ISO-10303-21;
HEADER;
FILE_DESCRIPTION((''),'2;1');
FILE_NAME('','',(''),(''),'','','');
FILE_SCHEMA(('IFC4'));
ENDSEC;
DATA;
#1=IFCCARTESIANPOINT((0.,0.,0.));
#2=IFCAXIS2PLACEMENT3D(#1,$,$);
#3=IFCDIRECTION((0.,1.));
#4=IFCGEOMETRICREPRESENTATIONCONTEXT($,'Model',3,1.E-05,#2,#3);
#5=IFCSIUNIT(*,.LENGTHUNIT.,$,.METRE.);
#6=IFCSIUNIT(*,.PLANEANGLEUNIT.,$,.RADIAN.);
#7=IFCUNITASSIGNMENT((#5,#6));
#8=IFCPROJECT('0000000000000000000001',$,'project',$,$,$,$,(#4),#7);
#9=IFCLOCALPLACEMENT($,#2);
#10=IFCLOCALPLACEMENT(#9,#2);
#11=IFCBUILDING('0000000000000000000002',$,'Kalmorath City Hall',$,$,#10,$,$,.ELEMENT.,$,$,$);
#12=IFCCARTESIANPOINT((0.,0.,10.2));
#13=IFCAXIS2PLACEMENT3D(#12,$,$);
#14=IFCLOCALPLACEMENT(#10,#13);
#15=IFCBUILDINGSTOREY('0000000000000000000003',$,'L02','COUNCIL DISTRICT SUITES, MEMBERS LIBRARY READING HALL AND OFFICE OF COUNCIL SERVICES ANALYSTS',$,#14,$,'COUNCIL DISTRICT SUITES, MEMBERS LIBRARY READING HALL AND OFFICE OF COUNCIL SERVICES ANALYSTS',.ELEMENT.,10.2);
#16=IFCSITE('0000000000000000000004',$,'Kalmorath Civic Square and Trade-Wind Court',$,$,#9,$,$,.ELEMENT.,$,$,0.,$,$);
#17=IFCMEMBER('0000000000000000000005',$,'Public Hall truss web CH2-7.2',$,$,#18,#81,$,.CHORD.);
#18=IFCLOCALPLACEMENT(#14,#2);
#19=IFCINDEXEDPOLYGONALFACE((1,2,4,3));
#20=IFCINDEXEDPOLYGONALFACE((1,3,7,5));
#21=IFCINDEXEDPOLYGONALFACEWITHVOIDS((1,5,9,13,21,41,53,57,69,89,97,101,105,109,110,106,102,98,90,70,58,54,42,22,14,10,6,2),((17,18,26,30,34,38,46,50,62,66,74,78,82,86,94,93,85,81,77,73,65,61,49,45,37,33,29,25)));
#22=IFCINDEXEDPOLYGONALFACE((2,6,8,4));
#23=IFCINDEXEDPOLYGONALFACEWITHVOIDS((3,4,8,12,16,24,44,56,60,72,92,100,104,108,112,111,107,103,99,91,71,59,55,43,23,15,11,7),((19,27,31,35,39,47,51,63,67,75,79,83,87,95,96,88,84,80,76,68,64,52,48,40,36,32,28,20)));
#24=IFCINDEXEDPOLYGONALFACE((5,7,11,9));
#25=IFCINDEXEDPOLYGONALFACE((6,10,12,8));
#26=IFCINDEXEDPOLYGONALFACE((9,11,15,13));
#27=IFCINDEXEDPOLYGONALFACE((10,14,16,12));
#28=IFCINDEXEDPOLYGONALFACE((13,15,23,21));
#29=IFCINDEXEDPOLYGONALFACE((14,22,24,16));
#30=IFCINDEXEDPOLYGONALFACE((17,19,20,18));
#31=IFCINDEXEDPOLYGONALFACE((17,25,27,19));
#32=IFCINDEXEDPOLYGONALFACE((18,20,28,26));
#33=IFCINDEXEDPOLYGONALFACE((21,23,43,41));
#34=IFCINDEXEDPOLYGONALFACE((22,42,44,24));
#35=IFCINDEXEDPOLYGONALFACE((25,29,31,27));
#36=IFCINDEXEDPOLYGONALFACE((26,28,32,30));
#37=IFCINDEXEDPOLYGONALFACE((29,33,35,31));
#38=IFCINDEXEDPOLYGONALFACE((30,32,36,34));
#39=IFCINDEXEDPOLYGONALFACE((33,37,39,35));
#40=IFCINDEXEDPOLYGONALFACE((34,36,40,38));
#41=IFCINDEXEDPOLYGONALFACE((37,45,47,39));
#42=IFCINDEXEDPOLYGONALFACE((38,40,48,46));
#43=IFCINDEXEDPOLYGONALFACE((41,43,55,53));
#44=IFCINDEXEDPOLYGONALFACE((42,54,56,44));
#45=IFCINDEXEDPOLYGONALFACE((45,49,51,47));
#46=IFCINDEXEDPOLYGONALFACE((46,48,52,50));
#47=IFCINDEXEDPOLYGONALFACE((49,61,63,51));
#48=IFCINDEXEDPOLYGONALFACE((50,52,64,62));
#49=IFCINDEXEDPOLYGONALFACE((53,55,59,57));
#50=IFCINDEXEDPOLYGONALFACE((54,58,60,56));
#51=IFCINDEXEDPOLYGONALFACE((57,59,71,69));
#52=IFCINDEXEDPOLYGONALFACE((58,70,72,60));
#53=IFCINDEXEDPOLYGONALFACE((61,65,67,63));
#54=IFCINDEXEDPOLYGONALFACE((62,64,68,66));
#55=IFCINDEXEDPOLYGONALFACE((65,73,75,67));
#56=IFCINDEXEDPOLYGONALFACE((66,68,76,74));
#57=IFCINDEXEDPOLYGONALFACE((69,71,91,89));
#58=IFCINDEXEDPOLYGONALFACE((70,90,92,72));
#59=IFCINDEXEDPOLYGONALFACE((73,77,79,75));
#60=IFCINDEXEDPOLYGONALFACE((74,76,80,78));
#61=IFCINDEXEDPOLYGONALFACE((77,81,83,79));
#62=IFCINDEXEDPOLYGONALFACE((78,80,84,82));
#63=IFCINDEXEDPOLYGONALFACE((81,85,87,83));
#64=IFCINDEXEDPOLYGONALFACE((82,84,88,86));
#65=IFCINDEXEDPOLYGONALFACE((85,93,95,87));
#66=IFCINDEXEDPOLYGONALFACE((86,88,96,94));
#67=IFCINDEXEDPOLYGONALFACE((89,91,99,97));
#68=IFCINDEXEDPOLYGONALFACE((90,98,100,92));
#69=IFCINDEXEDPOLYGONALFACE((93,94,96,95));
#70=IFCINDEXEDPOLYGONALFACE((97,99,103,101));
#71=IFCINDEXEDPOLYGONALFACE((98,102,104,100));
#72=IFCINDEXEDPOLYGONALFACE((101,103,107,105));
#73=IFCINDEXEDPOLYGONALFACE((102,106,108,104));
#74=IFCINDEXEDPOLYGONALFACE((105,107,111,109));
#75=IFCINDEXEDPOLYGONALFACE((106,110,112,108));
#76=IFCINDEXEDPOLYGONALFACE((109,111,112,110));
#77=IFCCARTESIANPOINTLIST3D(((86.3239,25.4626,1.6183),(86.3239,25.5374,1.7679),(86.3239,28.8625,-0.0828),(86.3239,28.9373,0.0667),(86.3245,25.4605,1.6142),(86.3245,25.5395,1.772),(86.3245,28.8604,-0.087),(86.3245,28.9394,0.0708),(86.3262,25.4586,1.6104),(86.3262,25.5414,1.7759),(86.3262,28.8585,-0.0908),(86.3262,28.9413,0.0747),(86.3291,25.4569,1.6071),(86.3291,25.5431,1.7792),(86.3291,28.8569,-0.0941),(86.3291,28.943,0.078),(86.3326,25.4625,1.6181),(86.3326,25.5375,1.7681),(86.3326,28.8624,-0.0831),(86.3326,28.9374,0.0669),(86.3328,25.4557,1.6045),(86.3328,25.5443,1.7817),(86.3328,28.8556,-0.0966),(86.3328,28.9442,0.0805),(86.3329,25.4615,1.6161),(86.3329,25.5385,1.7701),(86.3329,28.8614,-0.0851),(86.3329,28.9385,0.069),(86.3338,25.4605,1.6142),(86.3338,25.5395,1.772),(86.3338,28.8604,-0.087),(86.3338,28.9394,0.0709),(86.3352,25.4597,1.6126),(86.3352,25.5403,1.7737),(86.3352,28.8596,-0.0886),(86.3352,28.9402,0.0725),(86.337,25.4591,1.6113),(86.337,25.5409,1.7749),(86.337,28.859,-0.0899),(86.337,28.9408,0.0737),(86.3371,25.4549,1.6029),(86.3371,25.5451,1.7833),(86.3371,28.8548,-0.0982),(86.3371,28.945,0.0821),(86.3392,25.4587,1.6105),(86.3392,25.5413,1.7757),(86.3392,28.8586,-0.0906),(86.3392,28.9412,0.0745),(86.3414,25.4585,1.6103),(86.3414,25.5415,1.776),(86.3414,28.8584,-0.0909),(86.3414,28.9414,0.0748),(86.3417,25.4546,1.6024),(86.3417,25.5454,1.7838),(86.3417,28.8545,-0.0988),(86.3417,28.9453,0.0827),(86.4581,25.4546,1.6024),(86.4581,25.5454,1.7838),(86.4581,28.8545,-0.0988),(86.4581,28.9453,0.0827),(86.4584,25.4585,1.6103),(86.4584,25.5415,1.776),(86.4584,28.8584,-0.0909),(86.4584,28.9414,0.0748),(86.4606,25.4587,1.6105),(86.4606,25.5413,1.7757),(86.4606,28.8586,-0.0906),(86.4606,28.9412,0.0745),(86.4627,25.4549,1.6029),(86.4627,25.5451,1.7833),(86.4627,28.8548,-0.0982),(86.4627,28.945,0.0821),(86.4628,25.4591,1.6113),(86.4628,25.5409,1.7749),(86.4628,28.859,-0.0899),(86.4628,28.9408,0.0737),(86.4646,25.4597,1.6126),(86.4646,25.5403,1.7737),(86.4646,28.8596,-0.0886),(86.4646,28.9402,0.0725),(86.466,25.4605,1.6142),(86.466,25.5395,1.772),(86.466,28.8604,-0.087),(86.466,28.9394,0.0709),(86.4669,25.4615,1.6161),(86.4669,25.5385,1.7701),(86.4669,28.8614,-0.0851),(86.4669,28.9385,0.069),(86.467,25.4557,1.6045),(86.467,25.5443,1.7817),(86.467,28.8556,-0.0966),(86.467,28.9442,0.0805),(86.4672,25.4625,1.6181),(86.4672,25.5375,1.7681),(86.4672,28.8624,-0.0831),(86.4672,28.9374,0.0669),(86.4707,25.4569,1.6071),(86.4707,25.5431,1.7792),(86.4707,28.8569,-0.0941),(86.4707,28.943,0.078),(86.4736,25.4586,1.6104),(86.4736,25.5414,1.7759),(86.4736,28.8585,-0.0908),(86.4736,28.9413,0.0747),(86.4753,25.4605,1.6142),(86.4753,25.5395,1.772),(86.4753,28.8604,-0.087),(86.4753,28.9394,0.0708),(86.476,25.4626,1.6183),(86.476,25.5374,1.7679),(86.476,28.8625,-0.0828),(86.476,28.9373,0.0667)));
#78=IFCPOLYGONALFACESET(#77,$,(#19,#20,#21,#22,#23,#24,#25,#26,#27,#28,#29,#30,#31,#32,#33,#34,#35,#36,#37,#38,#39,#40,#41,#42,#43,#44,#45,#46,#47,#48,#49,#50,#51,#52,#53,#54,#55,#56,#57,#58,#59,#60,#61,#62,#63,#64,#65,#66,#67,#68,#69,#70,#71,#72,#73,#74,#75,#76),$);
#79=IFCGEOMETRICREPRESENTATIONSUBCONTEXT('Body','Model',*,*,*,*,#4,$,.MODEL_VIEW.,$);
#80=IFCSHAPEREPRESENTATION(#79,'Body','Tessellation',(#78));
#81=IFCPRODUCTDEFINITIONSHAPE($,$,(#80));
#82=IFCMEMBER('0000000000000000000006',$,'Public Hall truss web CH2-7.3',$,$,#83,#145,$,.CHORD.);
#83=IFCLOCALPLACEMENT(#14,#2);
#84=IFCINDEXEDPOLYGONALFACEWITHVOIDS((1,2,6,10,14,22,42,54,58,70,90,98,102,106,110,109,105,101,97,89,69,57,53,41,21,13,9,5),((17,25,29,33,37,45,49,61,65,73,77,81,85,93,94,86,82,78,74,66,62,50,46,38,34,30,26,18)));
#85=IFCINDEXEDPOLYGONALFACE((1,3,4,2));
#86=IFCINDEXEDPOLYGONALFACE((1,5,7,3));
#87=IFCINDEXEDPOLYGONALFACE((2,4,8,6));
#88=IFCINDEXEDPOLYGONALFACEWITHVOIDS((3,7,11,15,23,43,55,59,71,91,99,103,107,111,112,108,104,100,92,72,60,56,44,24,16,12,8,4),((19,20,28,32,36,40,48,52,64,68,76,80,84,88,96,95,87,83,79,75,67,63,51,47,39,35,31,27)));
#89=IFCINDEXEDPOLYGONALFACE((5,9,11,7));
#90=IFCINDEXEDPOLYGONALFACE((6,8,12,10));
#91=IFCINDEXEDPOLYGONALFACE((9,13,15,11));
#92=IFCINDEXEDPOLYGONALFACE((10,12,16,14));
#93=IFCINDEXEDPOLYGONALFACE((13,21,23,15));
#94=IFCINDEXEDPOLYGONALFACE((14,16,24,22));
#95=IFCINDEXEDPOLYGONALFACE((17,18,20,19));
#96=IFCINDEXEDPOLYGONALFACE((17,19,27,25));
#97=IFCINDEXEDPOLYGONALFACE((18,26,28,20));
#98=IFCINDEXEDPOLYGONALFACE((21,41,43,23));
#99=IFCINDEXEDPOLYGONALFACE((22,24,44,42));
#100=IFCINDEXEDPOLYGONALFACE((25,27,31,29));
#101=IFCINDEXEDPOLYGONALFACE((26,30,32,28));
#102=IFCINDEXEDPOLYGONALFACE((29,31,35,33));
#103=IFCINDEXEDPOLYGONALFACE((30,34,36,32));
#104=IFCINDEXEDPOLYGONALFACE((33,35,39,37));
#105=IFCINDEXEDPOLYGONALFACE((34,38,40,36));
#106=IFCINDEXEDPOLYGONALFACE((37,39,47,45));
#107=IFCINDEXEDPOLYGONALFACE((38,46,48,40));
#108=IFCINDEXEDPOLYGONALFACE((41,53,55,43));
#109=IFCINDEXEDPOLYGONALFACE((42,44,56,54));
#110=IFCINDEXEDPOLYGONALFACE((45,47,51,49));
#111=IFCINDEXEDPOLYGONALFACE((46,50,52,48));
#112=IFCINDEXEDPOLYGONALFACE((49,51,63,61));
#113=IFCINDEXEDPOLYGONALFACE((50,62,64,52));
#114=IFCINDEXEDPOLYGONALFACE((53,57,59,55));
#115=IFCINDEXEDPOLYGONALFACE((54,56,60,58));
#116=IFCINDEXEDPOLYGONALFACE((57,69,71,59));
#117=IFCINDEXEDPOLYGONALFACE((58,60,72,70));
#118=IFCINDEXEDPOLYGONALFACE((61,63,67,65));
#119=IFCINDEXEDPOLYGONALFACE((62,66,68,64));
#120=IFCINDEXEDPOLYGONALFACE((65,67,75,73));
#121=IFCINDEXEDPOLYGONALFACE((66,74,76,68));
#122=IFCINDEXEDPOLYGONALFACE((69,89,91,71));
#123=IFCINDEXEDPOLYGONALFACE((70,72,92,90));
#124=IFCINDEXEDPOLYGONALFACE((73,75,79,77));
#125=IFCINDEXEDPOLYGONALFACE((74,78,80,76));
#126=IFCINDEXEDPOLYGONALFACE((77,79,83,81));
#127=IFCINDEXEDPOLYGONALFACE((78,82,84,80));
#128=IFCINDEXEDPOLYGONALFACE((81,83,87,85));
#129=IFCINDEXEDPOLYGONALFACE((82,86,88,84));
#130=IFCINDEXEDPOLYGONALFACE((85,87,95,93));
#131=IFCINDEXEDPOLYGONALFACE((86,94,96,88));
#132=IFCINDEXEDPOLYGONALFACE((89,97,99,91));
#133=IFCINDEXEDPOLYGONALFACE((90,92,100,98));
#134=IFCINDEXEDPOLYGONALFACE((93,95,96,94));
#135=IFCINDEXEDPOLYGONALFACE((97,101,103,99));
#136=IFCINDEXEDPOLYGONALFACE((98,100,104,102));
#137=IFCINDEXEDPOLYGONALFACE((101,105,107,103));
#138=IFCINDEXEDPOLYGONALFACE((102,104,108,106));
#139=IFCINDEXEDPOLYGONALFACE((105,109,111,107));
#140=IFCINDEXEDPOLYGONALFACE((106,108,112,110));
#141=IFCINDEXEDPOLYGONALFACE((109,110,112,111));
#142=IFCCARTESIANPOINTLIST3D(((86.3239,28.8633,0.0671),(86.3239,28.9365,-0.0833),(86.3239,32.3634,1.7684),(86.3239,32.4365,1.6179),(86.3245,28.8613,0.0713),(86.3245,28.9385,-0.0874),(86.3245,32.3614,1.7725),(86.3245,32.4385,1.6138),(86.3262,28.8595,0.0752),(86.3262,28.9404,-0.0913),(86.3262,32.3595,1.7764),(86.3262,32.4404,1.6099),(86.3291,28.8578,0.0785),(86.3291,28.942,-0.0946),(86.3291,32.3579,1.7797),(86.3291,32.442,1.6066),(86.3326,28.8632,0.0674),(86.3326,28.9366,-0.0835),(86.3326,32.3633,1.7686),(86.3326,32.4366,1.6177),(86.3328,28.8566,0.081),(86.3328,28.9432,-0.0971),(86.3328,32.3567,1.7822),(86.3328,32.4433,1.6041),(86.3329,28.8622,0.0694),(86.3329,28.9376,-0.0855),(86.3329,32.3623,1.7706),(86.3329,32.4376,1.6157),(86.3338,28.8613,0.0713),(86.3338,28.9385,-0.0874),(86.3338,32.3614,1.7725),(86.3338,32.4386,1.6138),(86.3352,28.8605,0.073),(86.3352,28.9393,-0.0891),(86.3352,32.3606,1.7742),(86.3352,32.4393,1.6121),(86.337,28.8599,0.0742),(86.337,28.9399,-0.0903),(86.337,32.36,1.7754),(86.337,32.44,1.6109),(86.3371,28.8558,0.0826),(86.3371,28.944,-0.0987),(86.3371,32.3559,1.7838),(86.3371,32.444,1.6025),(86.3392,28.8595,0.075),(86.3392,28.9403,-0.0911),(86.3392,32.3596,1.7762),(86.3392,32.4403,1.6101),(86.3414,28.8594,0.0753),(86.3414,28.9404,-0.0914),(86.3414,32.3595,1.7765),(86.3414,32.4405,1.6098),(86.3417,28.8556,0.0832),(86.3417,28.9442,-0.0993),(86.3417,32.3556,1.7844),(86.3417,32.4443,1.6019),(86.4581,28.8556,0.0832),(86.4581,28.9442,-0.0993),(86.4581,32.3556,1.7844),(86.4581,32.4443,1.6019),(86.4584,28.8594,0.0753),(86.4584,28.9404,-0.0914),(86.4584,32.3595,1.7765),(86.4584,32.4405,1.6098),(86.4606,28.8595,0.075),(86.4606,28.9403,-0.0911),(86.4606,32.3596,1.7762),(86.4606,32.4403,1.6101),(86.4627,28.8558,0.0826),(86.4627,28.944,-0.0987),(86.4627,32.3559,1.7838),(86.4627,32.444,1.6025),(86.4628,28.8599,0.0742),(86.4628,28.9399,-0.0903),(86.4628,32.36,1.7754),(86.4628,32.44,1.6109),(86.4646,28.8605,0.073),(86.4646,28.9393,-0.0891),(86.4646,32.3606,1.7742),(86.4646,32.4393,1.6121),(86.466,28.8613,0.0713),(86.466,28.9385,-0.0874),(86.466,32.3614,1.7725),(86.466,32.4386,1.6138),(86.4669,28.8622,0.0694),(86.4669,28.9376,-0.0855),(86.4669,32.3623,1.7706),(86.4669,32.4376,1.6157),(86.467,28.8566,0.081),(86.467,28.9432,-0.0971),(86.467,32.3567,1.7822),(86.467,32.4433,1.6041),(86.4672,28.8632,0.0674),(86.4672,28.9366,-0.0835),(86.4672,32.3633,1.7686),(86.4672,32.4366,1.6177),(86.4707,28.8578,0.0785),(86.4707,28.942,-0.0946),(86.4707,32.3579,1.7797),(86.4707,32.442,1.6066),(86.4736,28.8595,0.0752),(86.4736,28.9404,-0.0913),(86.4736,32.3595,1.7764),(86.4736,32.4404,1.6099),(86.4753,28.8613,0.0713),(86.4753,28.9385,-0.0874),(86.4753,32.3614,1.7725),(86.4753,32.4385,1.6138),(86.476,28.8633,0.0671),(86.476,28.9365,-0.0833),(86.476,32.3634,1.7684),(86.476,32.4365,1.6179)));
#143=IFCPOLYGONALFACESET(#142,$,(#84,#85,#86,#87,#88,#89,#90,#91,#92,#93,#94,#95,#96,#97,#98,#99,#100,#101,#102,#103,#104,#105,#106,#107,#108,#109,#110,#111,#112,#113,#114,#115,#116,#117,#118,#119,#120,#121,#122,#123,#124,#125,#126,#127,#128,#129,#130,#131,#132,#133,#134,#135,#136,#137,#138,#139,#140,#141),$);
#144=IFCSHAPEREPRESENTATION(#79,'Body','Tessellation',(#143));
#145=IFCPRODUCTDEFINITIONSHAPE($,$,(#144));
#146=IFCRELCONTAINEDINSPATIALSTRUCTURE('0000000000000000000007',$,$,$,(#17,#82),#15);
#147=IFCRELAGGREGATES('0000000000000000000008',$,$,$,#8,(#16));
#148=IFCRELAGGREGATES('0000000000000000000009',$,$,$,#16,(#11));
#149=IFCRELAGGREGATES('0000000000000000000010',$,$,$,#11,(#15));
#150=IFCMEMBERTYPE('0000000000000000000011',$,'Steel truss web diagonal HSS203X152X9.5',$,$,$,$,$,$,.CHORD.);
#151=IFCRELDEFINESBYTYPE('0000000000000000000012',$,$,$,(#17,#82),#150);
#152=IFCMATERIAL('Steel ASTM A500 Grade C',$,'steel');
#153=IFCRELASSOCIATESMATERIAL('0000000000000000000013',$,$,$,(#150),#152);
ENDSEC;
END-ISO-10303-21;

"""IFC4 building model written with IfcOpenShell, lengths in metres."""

from ifc_helpers import new_model, si_unit, direction, frame, origin, origin_2d, place, context, subcontext, project, spatial, hollow_rectangle, extrude, material, material_profile, profile_set, type_object, element, save


model = new_model("IFC4")

# Units and contexts
model_context = context("Model", 3, precision=1e-05, world=origin(), true_north=direction((0.0, 1.0)))
body_context = subcontext(model_context, "Body", "Model", "MODEL_VIEW")
ifc_project = project(units=[si_unit("LENGTHUNIT", "METRE"), si_unit("PLANEANGLEUNIT", "RADIAN")], contexts=[model_context])

# Site, building, storey
site_placement = place(None, origin())
site = spatial("IfcSite", under=ifc_project, at=site_placement, Name="Kalmorath Civic Square and Trade-Wind Court", CompositionType="ELEMENT", RefElevation=0.0)
building_placement = place(site_placement, origin())
building = spatial("IfcBuilding", under=site, at=building_placement, Name="Kalmorath City Hall", CompositionType="ELEMENT")
storey_placement = place(building_placement, frame((0.0, 0.0, 10.2)))
storey = spatial("IfcBuildingStorey", under=building, at=storey_placement, Name="L02", Description="COUNCIL DISTRICT SUITES, MEMBERS LIBRARY READING HALL AND OFFICE OF COUNCIL SERVICES ANALYSTS", LongName="COUNCIL DISTRICT SUITES, MEMBERS LIBRARY READING HALL AND OFFICE OF COUNCIL SERVICES ANALYSTS", CompositionType="ELEMENT", Elevation=10.2)

# Members
ifc_material_1 = material(Name="Steel ASTM A500 Grade C", Category="steel")
ifc_material_profile_1 = material_profile(ifc_material_1, hollow_rectangle(XDim=0.1521, YDim=0.2029, WallThickness=0.0088, InnerFilletRadius=0.0088, OuterFilletRadius=0.0178, at=origin_2d()), Name="HSS203X152X9.5")
ifc_profile_set_1 = profile_set([ifc_material_profile_1], Name="Steel ASTM A500 Grade C")
member_type_1 = type_object("IfcMemberType", Name="Steel truss web diagonal HSS203X152X9.5", PredefinedType="CHORD", material=ifc_profile_set_1)
member_1_placement = place(storey_placement, frame((86.3999, 25.5, 1.6931), z_axis=(0.0, 0.894299, -0.44747), x_axis=(-1.0, 0.0, 0.0)))
element("IfcMember", 1, at=member_1_placement, inside=storey, type_object=member_type_1, Name="Public Hall truss web CH2-7.2", PredefinedType="CHORD", context=body_context, shape_type="SweptSolid", body=[
    extrude(hollow_rectangle(XDim=0.1521, YDim=0.2029, WallThickness=0.0088, InnerFilletRadius=0.0088, OuterFilletRadius=0.0178, at=origin_2d()), origin(), (0.0, 0.0, 1.0), 3.8018),
])
member_2_placement = place(storey_placement, frame((86.3999, 28.8999, -0.0081), z_axis=(0.0, 0.89939, 0.437148), x_axis=(-1.0, 0.0, 0.0)))
element("IfcMember", 2, at=member_2_placement, inside=storey, type_object=member_type_1, Name="Public Hall truss web CH2-7.3", PredefinedType="CHORD", context=body_context, shape_type="SweptSolid", body=[
    extrude(hollow_rectangle(XDim=0.1521, YDim=0.2029, WallThickness=0.0088, InnerFilletRadius=0.0088, OuterFilletRadius=0.0178, at=origin_2d()), origin(), (0.0, 0.0, 1.0), 3.8916),
])

save(model, "model.ifc")
